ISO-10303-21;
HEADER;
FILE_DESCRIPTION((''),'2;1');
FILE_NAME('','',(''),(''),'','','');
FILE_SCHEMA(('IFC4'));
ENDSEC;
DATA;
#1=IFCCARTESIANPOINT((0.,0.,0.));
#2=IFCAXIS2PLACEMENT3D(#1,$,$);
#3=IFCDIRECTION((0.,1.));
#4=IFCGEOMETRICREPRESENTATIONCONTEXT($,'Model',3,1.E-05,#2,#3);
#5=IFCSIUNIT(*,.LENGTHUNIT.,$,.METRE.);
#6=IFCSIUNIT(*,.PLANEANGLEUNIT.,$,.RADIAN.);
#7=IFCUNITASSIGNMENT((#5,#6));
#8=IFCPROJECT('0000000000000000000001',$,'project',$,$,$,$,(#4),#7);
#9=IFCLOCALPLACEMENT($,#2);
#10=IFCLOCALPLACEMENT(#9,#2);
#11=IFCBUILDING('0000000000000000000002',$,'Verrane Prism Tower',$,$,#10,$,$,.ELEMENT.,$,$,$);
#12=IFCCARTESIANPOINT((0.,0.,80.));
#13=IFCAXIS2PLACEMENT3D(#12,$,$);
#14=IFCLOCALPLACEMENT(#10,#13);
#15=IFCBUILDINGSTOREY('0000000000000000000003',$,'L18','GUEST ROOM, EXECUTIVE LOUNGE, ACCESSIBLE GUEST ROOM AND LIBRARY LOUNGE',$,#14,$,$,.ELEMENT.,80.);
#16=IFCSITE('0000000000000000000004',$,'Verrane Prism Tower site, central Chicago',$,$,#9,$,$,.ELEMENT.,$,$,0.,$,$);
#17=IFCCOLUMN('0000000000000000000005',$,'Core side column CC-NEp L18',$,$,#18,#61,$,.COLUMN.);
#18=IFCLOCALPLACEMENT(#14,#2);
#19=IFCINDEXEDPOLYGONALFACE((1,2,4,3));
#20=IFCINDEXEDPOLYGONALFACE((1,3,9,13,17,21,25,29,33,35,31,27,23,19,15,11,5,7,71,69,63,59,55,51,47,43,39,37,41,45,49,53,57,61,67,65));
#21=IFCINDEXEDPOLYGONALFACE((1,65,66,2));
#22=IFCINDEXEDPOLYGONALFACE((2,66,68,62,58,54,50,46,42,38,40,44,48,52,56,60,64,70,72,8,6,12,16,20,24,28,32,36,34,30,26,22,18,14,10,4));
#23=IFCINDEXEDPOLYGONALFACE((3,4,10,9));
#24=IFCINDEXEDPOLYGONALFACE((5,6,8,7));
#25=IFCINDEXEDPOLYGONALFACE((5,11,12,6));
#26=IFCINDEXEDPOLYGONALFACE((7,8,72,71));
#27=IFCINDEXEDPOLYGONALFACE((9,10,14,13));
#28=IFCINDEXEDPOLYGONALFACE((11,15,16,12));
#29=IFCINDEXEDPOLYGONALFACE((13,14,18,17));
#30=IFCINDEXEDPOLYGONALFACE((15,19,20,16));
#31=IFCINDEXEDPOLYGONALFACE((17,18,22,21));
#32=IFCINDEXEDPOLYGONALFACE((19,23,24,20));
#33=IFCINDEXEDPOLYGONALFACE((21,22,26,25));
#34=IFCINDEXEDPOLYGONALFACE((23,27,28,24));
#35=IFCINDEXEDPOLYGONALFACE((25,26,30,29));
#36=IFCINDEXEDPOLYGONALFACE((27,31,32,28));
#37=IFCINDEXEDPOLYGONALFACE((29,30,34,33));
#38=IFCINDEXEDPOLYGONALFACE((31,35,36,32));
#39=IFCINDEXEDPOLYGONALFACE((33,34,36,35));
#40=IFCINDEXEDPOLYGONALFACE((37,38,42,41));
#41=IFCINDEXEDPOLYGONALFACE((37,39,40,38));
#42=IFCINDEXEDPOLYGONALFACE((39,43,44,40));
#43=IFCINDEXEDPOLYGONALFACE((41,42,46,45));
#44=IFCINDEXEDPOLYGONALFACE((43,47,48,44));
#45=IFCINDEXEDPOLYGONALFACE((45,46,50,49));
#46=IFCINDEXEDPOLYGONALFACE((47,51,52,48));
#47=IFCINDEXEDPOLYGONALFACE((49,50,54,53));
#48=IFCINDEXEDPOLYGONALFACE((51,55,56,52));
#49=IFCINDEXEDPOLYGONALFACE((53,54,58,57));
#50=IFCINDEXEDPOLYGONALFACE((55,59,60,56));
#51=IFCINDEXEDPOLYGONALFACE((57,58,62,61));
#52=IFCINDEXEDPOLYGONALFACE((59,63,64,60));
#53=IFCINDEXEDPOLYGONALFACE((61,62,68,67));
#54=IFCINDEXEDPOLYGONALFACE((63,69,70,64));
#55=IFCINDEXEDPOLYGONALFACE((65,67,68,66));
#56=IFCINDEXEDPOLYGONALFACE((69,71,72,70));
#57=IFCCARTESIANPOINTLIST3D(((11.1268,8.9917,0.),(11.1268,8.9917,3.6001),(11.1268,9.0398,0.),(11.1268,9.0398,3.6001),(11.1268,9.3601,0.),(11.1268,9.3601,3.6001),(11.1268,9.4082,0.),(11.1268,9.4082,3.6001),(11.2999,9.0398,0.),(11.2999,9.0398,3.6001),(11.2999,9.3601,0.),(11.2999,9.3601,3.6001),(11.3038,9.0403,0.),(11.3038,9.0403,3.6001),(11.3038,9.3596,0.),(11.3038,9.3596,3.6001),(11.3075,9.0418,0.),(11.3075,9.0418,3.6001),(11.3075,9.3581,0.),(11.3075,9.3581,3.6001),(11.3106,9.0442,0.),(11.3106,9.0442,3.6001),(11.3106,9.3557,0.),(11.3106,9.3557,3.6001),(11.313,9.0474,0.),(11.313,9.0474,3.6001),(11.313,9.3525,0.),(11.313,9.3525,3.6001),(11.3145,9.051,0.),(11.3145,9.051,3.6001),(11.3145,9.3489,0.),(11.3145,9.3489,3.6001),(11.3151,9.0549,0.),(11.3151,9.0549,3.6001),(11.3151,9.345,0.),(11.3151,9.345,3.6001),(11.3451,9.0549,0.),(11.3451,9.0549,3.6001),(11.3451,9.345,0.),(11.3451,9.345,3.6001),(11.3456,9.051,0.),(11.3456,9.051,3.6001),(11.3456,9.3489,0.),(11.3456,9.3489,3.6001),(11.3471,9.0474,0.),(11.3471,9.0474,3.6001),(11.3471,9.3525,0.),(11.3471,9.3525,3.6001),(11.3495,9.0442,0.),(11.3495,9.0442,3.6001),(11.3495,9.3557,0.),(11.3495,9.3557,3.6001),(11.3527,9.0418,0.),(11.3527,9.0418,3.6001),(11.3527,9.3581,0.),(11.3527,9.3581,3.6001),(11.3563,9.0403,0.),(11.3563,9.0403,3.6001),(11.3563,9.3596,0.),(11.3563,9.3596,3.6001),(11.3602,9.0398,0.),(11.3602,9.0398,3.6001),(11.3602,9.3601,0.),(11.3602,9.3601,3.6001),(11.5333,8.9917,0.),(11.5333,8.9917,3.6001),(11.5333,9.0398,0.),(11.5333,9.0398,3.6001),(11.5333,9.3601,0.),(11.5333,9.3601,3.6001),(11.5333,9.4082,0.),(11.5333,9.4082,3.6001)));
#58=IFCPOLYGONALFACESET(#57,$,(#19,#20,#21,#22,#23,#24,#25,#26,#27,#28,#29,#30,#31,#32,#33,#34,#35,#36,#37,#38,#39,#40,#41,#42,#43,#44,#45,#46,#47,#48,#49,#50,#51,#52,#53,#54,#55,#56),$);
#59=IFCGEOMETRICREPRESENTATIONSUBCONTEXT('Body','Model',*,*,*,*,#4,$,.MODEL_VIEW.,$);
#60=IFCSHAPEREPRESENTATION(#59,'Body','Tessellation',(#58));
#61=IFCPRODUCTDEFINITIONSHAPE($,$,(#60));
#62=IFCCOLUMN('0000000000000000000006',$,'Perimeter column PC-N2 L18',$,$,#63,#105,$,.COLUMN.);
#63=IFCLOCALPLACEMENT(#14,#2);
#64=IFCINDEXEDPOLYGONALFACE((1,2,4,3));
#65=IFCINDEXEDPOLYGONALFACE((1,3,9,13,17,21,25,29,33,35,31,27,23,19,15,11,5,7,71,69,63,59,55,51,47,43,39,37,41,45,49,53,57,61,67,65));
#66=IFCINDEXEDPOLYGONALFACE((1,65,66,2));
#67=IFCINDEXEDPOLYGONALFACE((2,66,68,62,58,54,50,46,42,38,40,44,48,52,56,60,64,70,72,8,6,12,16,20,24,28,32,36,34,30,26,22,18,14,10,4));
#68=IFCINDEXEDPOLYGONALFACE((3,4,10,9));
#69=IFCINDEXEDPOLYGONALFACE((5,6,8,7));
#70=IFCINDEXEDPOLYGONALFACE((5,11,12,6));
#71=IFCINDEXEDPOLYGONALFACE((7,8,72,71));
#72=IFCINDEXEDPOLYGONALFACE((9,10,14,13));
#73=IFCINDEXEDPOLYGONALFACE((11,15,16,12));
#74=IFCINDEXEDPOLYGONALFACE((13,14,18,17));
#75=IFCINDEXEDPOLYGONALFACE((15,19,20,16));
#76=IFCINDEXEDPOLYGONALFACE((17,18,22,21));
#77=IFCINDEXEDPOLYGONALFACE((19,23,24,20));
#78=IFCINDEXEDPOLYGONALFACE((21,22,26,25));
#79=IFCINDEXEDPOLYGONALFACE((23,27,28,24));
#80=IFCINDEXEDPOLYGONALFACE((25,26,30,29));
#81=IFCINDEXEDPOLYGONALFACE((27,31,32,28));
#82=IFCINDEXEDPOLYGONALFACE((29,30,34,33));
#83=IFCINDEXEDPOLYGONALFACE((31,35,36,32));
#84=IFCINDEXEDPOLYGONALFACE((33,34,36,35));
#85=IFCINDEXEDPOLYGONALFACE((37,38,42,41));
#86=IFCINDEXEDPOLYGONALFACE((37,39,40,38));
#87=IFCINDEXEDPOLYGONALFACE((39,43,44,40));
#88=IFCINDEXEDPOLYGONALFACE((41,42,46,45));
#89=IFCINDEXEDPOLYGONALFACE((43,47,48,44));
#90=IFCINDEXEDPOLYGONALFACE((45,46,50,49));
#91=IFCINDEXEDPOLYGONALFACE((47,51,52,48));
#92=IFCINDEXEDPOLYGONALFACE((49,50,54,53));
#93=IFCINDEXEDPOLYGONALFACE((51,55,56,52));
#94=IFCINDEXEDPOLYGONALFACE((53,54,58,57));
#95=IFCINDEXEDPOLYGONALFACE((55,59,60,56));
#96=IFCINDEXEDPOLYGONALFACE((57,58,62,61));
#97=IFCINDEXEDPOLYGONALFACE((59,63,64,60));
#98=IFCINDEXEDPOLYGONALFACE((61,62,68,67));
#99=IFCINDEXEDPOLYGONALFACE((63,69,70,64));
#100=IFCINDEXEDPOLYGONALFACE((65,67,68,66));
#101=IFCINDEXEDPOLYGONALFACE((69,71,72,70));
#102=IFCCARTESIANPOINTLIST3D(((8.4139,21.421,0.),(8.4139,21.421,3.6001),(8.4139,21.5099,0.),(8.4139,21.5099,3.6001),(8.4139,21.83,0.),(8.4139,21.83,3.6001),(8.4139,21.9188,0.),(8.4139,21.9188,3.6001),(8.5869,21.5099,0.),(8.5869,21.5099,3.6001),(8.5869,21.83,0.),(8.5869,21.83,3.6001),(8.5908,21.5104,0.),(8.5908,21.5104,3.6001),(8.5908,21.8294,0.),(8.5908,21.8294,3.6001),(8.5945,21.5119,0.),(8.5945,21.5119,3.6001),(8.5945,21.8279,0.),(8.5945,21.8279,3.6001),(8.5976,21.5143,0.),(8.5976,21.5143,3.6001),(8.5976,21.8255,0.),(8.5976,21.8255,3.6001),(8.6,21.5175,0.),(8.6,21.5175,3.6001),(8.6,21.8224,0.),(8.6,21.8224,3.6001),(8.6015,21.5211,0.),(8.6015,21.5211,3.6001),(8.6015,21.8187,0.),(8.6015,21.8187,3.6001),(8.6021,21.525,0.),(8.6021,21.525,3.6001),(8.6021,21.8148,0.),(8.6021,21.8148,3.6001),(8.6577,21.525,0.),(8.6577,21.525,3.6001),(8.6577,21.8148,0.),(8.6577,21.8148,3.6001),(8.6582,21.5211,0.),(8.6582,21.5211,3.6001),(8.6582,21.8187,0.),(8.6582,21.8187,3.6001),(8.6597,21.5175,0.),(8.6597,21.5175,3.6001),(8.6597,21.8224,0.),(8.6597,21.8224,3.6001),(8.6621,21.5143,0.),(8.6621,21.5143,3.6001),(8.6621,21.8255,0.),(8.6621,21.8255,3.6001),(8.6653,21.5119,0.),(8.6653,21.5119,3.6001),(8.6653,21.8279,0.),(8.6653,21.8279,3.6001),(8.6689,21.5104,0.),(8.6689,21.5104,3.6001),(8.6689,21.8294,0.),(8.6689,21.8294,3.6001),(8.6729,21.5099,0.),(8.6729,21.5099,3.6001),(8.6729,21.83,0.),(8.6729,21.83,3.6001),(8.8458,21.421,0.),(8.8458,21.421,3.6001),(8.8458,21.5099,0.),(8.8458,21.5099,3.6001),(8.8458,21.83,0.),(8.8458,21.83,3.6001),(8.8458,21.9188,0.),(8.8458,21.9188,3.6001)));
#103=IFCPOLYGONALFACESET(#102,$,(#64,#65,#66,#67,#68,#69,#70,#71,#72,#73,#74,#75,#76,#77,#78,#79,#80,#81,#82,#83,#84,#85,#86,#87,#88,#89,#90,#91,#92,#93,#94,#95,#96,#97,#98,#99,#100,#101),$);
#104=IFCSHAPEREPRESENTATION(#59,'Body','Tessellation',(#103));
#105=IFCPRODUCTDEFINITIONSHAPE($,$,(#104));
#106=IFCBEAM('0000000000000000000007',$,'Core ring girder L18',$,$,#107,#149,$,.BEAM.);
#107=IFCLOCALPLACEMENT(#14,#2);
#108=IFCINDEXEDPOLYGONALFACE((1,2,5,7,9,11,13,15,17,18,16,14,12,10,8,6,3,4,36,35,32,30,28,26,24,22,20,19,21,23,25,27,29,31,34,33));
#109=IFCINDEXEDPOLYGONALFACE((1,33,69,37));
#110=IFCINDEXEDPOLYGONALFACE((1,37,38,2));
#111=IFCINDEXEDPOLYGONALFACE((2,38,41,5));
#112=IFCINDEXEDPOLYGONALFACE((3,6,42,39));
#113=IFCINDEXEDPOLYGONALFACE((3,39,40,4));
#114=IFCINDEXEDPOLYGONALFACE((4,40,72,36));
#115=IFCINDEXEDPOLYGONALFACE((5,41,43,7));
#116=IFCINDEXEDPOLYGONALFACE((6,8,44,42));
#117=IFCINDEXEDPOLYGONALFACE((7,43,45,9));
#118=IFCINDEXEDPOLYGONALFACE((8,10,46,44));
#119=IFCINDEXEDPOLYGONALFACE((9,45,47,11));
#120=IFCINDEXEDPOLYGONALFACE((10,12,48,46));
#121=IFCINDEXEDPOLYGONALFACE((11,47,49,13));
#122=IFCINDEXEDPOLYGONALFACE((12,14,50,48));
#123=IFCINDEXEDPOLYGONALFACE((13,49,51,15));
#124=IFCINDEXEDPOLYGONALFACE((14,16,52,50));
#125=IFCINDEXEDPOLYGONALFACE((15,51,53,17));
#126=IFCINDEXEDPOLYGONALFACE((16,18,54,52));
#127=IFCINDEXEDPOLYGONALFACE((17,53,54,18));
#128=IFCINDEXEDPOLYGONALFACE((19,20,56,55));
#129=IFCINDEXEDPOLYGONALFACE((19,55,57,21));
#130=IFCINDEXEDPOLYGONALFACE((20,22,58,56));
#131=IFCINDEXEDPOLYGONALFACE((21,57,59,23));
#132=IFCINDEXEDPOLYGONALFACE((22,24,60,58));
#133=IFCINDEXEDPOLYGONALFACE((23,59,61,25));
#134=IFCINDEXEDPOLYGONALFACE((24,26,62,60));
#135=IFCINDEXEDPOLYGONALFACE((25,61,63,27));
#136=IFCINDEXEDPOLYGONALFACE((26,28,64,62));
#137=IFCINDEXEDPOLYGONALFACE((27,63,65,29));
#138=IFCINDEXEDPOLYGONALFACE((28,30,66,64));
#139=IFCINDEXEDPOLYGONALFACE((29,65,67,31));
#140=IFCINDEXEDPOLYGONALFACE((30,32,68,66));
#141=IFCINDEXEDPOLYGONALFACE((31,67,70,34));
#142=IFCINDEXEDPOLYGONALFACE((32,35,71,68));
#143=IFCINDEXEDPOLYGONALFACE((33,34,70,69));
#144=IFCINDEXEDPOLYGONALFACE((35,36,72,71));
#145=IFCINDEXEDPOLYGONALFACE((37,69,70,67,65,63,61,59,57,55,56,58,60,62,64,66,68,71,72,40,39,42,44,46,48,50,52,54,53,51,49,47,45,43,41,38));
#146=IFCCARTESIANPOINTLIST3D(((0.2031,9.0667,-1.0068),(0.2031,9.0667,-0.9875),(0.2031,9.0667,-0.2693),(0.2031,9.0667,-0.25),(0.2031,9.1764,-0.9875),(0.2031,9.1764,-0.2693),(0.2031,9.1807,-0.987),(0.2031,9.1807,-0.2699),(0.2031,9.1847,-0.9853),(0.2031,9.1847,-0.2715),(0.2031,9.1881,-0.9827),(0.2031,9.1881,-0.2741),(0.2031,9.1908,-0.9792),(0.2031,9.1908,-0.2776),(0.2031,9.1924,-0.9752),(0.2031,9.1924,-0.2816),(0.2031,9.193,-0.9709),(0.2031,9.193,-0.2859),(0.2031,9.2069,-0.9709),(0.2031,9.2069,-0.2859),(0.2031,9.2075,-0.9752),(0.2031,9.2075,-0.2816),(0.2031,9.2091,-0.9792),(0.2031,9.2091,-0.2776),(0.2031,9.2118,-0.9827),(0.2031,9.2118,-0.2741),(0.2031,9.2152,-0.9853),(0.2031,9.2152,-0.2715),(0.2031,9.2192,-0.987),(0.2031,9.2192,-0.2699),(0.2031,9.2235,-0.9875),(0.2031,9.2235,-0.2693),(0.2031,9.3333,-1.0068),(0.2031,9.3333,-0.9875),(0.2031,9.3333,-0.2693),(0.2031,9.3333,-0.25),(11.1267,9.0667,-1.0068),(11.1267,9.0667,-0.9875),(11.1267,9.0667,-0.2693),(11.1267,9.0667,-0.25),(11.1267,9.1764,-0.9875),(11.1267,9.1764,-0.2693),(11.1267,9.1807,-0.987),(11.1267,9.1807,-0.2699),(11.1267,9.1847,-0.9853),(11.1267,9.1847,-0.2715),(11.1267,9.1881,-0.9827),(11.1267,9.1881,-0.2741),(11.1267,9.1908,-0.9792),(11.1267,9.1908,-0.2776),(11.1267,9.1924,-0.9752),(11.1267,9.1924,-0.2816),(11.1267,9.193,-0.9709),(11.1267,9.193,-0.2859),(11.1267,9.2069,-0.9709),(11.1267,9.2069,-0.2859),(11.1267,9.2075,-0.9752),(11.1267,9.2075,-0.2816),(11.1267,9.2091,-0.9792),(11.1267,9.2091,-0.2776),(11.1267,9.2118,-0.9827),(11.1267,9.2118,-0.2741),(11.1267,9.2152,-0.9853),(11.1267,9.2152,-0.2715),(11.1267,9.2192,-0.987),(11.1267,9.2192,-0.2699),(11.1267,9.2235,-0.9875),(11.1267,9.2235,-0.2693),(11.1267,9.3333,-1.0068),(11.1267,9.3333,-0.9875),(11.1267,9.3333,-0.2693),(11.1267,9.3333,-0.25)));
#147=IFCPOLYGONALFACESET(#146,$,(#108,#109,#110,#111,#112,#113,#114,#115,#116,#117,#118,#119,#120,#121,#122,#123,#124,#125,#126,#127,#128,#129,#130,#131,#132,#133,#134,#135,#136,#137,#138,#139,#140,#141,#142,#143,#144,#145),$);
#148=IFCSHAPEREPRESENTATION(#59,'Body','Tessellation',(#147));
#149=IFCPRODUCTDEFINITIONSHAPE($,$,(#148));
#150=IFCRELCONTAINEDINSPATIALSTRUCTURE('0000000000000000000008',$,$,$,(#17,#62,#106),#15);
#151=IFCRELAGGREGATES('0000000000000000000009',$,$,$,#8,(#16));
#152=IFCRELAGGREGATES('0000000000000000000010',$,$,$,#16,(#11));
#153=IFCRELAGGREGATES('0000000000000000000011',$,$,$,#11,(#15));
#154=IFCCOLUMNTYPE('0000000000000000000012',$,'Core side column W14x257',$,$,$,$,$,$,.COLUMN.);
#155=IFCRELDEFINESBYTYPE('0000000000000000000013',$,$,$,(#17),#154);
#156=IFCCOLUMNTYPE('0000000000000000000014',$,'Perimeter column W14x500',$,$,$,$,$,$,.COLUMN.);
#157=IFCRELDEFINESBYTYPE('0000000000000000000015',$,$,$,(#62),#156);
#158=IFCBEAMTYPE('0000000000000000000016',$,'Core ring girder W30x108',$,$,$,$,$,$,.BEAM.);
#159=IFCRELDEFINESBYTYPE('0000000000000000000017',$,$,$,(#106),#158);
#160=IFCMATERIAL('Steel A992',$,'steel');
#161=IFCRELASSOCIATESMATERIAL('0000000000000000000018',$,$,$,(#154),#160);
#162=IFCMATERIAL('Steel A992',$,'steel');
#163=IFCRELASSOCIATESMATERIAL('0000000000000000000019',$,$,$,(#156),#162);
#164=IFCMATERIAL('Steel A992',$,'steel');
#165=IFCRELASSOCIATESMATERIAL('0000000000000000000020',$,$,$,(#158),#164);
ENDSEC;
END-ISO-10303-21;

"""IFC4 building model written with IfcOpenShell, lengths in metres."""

from ifc_helpers import new_model, si_unit, direction, frame, origin, origin_2d, place, context, subcontext, project, spatial, i_section, extrude, material, material_profile, profile_set, type_object, element, save


model = new_model("IFC4")

# Units and contexts
model_context = context("Model", 3, precision=1e-05, world=origin(), true_north=direction((0.0, 1.0)))
body_context = subcontext(model_context, "Body", "Model", "MODEL_VIEW")
ifc_project = project(units=[si_unit("LENGTHUNIT", "METRE"), si_unit("PLANEANGLEUNIT", "RADIAN")], contexts=[model_context])

# Site, building, storey
site_placement = place(None, origin())
site = spatial("IfcSite", under=ifc_project, at=site_placement, Name="Verrane Prism Tower site, central Chicago", CompositionType="ELEMENT", RefElevation=0.0)
building_placement = place(site_placement, origin())
building = spatial("IfcBuilding", under=site, at=building_placement, Name="Verrane Prism Tower", CompositionType="ELEMENT")
storey_placement = place(building_placement, frame((0.0, 0.0, 80.0)))
storey = spatial("IfcBuildingStorey", under=building, at=storey_placement, Name="L18", Description="GUEST ROOM, EXECUTIVE LOUNGE, ACCESSIBLE GUEST ROOM AND LIBRARY LOUNGE", CompositionType="ELEMENT", Elevation=80.0)

# Columns
ifc_material_1 = material(Name="Steel A992", Category="steel")
ifc_material_profile_1 = material_profile(ifc_material_1, i_section(OverallWidth=0.4065, OverallDepth=0.4165, WebThickness=0.03, FlangeThickness=0.0481, FilletRadius=0.0151, at=origin_2d()), Name="W14x257")
ifc_profile_set_1 = profile_set([ifc_material_profile_1], Name="Steel A992")
column_type_1 = type_object("IfcColumnType", Name="Core side column W14x257", PredefinedType="COLUMN", material=ifc_profile_set_1)
column_1_placement = place(storey_placement, frame((11.3301, 9.2, 0.0), z_axis=(0.0, 0.0, 1.0), x_axis=(1.0, 0.0, 0.0)))
element("IfcColumn", 1, at=column_1_placement, inside=storey, type_object=column_type_1, Name="Core side column CC-NEp L18", PredefinedType="COLUMN", context=body_context, shape_type="SweptSolid", body=[
    extrude(i_section(OverallWidth=0.4065, OverallDepth=0.4165, WebThickness=0.03, FlangeThickness=0.0481, FilletRadius=0.0151, at=origin_2d()), origin(), (0.0, 0.0, 1.0), 3.6001),
])
ifc_material_2 = material(Name="Steel A992", Category="steel")
ifc_material_profile_2 = material_profile(ifc_material_2, i_section(OverallWidth=0.4319, OverallDepth=0.4978, WebThickness=0.0557, FlangeThickness=0.0889, FilletRadius=0.0151, at=origin_2d()), Name="W14x500")
ifc_profile_set_2 = profile_set([ifc_material_profile_2], Name="Steel A992")
column_type_2 = type_object("IfcColumnType", Name="Perimeter column W14x500", PredefinedType="COLUMN", material=ifc_profile_set_2)
column_2_placement = place(storey_placement, frame((8.6299, 21.6699, 0.0), z_axis=(0.0, 0.0, 1.0), x_axis=(1.0, 0.0, 0.0)))
element("IfcColumn", 2, at=column_2_placement, inside=storey, type_object=column_type_2, Name="Perimeter column PC-N2 L18", PredefinedType="COLUMN", context=body_context, shape_type="SweptSolid", body=[
    extrude(i_section(OverallWidth=0.4319, OverallDepth=0.4978, WebThickness=0.0557, FlangeThickness=0.0889, FilletRadius=0.0151, at=origin_2d()), origin(), (0.0, 0.0, 1.0), 3.6001),
])

# Beam
ifc_material_3 = material(Name="Steel A992", Category="steel")
ifc_material_profile_3 = material_profile(ifc_material_3, i_section(OverallWidth=0.2666, OverallDepth=0.7568, WebThickness=0.0139, FlangeThickness=0.0193, FilletRadius=0.0166, at=origin_2d()), Name="W30x108")
ifc_profile_set_3 = profile_set([ifc_material_profile_3], Name="Steel A992")
beam_type_1 = type_object("IfcBeamType", Name="Core ring girder W30x108", PredefinedType="BEAM", material=ifc_profile_set_3)
beam_1_placement = place(storey_placement, frame((11.1267, 9.2, -0.6284), z_axis=(-1.0, 0.0, 0.0), x_axis=(0.0, -1.0, 0.0)))
element("IfcBeam", 3, at=beam_1_placement, inside=storey, type_object=beam_type_1, Name="Core ring girder L18", PredefinedType="BEAM", context=body_context, shape_type="SweptSolid", body=[
    extrude(i_section(OverallWidth=0.2666, OverallDepth=0.7568, WebThickness=0.0139, FlangeThickness=0.0193, FilletRadius=0.0166, at=origin_2d()), origin(), (0.0, 0.0, 1.0), 10.9236),
])

save(model, "model.ifc")
